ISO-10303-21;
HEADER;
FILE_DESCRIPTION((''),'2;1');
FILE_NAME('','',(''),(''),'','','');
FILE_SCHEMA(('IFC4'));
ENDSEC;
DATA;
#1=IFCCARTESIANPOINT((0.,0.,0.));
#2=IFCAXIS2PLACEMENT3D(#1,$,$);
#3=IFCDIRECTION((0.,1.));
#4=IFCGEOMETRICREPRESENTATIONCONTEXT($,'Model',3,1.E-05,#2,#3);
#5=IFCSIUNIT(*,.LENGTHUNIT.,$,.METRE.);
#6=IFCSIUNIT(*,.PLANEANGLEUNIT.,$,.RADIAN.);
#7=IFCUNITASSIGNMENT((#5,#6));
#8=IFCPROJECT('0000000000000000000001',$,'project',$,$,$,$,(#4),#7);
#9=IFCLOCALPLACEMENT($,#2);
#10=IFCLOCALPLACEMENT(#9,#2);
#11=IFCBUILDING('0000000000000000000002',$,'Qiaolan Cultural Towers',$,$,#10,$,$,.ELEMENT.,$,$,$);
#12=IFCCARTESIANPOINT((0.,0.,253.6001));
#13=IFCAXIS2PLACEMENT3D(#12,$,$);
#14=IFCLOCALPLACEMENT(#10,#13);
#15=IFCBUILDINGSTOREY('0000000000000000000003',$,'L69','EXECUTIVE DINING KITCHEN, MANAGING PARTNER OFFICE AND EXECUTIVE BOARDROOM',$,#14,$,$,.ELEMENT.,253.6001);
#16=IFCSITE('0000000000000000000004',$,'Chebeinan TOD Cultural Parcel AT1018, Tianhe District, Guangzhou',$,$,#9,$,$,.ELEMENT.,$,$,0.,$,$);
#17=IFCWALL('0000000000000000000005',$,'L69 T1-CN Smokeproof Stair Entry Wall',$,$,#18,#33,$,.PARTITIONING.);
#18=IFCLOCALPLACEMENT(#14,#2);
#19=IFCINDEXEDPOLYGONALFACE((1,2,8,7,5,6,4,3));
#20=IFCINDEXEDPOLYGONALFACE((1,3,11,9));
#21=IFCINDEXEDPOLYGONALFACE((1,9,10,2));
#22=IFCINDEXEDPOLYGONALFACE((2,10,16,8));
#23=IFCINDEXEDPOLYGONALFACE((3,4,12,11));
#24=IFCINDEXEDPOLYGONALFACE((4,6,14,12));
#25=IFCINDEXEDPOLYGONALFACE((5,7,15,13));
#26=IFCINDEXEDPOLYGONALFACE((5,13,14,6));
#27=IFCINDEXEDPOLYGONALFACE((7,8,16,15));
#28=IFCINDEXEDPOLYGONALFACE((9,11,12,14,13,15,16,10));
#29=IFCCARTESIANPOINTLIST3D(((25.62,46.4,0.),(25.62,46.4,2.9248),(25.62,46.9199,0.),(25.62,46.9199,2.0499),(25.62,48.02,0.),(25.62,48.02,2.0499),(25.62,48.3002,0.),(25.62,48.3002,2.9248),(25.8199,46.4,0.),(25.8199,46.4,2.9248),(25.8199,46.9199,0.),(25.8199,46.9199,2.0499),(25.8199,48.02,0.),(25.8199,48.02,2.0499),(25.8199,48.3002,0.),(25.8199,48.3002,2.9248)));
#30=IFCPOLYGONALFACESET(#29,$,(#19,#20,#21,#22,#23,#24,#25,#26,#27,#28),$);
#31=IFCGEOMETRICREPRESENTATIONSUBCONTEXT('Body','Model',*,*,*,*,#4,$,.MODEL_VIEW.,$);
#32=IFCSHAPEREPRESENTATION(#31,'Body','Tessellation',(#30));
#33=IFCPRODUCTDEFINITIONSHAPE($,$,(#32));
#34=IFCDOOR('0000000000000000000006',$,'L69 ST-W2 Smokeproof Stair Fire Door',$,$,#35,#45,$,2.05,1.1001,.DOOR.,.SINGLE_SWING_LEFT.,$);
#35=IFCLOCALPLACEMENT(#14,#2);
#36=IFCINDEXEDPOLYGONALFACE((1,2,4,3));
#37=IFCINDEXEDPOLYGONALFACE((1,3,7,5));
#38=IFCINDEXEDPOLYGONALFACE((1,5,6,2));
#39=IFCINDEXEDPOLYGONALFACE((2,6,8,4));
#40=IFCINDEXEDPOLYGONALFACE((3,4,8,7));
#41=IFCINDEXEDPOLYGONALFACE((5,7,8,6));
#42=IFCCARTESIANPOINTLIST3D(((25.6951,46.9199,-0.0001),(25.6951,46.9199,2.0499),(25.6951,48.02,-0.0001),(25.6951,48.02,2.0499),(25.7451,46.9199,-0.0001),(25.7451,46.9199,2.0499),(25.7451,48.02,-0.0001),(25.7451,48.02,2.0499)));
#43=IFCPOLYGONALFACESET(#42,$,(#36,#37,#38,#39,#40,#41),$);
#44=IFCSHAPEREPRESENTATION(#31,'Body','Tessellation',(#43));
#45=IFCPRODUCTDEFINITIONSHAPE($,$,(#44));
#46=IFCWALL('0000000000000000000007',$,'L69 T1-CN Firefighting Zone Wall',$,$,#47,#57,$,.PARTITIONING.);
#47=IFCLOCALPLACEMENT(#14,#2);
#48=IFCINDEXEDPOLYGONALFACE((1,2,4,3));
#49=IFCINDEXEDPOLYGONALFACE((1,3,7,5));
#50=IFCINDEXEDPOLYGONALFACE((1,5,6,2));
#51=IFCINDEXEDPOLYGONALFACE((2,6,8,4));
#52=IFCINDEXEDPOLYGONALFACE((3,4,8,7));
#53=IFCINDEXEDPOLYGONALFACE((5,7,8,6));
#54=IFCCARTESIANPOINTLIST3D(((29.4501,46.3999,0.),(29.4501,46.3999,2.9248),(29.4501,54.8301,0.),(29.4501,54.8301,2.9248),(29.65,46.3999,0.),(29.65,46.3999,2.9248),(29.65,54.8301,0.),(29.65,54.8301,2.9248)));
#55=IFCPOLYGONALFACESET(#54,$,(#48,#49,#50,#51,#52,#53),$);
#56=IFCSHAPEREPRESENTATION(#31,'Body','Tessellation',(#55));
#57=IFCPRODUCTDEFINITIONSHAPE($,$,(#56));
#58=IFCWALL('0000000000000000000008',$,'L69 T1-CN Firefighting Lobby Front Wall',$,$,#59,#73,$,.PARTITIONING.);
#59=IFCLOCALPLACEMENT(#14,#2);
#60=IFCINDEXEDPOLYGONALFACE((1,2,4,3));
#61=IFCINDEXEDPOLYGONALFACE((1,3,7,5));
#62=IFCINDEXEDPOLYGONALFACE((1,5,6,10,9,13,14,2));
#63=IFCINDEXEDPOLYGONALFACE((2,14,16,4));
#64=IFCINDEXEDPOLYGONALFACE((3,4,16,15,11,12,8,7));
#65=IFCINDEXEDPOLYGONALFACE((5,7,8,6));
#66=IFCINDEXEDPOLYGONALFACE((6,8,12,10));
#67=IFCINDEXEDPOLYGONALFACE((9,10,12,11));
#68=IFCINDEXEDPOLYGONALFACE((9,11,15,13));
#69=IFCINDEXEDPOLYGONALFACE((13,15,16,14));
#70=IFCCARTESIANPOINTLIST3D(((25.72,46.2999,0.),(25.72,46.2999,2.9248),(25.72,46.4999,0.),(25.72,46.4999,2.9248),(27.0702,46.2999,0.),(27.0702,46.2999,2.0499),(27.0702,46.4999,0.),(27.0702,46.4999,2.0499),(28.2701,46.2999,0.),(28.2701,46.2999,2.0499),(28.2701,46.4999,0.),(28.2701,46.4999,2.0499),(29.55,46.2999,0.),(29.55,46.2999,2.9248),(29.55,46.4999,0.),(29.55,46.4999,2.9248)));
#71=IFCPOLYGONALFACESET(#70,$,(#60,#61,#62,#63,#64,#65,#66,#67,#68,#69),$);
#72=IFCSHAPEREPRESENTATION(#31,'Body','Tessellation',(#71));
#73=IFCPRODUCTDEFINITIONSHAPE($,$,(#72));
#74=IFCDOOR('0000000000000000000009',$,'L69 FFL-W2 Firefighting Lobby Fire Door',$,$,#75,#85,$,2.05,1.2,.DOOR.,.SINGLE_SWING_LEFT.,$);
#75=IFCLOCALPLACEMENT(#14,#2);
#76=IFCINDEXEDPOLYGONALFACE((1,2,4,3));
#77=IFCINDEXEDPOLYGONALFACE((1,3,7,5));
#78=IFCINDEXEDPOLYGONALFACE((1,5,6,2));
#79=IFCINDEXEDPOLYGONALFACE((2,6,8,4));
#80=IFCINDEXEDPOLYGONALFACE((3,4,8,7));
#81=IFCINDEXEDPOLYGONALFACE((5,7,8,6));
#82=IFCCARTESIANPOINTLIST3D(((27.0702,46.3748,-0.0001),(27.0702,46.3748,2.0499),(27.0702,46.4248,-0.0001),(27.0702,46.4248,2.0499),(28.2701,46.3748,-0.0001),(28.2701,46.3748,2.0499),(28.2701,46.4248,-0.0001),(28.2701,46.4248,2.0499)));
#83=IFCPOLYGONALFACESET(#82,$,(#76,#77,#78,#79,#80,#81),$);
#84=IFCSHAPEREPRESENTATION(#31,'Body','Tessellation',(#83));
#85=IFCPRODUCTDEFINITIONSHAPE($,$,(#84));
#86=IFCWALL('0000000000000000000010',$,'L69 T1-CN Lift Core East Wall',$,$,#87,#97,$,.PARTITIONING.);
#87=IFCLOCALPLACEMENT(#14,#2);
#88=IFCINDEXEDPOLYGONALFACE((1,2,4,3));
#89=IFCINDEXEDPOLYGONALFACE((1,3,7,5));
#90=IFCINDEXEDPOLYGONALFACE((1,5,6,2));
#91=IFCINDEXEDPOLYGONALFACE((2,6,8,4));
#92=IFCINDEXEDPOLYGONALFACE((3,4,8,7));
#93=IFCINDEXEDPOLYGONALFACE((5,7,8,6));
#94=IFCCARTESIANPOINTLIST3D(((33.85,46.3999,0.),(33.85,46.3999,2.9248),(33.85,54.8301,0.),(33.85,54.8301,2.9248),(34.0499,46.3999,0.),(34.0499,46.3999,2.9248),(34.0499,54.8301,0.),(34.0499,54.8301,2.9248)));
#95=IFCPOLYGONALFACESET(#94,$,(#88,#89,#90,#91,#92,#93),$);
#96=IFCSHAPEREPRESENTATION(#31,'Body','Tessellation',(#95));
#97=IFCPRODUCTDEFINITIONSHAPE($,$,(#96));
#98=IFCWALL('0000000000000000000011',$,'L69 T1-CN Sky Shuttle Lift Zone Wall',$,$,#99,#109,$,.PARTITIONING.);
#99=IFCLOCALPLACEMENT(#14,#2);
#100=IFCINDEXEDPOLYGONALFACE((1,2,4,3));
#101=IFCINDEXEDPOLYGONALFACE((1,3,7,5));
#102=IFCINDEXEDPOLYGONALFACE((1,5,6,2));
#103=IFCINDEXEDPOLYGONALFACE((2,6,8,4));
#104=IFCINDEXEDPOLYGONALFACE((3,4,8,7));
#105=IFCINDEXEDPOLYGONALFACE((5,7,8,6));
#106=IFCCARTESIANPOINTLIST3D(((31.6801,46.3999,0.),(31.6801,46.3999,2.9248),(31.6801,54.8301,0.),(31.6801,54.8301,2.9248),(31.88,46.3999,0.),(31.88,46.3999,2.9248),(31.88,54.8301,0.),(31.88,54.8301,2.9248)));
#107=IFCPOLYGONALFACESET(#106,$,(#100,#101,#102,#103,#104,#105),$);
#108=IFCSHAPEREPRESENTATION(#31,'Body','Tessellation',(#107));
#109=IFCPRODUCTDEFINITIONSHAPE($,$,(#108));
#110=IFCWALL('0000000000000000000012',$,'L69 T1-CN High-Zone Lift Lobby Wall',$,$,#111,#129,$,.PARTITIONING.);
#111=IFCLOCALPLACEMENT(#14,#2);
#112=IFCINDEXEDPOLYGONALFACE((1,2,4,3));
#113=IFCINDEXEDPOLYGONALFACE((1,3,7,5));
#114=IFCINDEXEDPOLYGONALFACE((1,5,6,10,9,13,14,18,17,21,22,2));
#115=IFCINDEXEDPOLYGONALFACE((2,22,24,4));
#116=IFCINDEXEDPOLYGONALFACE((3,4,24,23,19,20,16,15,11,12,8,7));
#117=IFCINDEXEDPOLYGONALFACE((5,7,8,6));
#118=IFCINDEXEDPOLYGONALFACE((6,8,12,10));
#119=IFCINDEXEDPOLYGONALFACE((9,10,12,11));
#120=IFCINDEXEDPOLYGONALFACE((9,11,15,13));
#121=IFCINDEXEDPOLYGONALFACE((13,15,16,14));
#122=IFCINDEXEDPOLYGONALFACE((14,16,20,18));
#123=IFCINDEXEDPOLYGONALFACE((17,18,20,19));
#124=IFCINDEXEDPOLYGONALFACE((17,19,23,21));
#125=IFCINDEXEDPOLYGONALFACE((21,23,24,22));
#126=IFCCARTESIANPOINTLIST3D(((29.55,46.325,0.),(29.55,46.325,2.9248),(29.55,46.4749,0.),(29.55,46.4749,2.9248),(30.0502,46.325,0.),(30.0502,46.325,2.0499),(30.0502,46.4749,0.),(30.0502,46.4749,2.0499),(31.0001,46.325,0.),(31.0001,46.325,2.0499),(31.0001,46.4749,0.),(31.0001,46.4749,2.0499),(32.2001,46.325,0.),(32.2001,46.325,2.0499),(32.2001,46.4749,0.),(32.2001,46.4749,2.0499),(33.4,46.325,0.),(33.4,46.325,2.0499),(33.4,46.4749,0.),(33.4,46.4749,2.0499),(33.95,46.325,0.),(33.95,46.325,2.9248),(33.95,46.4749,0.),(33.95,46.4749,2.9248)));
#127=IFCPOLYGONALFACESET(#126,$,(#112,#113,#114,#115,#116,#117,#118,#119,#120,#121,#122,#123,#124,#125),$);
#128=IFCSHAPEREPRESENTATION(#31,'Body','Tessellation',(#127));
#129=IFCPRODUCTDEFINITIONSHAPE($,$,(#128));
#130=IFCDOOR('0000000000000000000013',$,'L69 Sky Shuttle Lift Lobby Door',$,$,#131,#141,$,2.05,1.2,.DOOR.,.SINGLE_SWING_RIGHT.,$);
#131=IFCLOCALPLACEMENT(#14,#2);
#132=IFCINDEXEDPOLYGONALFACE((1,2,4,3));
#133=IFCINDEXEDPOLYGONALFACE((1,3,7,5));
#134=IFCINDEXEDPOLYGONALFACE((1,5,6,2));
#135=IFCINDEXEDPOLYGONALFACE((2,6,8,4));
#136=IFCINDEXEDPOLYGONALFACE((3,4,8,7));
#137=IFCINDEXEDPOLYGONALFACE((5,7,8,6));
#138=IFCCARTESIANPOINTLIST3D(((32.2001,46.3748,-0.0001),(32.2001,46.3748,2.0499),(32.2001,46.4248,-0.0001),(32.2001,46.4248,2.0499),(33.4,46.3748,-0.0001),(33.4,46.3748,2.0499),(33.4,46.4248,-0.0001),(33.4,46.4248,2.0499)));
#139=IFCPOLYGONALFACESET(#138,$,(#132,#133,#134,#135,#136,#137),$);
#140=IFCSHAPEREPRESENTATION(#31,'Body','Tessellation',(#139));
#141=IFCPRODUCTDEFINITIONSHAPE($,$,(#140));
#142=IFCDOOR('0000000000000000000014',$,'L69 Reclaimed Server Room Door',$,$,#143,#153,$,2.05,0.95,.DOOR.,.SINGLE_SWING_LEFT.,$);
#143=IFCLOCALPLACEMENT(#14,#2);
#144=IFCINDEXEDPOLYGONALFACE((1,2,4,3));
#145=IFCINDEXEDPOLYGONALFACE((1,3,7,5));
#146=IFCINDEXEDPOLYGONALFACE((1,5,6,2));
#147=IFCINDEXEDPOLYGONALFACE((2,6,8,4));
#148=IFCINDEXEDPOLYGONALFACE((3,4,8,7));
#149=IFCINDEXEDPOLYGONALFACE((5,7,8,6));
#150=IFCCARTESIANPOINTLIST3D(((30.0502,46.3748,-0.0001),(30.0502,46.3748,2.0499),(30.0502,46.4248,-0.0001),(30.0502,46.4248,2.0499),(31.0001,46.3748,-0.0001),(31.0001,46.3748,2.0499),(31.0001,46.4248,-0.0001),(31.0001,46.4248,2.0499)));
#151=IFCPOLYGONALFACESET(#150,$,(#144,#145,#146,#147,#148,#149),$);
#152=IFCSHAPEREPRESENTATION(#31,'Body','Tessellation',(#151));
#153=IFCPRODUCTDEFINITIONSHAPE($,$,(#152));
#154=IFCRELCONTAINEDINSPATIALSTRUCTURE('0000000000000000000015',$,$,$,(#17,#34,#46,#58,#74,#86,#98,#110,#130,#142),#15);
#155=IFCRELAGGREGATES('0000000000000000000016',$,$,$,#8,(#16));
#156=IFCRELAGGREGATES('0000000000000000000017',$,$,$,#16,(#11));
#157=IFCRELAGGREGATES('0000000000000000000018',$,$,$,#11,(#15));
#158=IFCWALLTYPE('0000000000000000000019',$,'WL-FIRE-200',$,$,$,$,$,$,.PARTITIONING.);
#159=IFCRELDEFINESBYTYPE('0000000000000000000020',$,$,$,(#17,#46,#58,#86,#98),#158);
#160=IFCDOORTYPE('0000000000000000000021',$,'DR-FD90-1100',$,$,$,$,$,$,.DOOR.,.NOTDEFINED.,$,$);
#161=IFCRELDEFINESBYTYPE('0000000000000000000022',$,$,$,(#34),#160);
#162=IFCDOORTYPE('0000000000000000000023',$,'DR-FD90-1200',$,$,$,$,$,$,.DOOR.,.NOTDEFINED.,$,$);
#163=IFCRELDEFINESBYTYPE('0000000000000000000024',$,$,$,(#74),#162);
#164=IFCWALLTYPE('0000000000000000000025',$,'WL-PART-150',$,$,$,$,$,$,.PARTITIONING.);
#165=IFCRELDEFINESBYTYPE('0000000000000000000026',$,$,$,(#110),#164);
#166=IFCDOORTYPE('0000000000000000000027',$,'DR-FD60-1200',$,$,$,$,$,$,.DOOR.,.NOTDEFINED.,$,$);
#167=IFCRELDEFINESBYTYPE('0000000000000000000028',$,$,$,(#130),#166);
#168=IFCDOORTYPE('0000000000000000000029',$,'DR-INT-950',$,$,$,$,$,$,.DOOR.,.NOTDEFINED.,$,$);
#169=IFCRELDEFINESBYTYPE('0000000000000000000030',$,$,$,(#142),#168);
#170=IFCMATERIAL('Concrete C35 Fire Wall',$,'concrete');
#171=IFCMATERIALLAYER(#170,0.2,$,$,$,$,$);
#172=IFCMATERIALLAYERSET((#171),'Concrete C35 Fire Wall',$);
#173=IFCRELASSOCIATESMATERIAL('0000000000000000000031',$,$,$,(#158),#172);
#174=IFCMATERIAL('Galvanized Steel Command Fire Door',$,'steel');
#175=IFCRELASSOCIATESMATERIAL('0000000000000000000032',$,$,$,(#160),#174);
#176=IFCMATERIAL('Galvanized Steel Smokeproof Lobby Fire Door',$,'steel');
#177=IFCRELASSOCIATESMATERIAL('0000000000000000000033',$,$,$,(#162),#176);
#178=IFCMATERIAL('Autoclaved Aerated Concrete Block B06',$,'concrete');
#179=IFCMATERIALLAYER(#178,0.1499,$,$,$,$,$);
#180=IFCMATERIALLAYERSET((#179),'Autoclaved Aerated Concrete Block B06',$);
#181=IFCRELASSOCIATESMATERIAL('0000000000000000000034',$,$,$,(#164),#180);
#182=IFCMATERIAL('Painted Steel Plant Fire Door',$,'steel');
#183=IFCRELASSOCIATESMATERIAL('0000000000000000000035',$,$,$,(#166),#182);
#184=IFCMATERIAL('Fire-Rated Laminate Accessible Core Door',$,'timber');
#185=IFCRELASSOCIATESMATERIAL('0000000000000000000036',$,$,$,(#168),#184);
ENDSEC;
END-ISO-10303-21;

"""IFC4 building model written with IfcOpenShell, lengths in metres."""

from ifc_helpers import new_model, si_unit, direction, frame, frame_2d, origin, place, context, subcontext, project, spatial, rectangle, extrude, material, layer, layer_set, type_object, element, fill, save


model = new_model("IFC4")

# Units and contexts
model_context = context("Model", 3, precision=1e-05, world=origin(), true_north=direction((0.0, 1.0)))
body_context = subcontext(model_context, "Body", "Model", "MODEL_VIEW")
ifc_project = project(units=[si_unit("LENGTHUNIT", "METRE"), si_unit("PLANEANGLEUNIT", "RADIAN")], contexts=[model_context])

# Site, building, storey
site_placement = place(None, origin())
site = spatial("IfcSite", under=ifc_project, at=site_placement, Name="Chebeinan TOD Cultural Parcel AT1018, Tianhe District, Guangzhou", CompositionType="ELEMENT", RefElevation=0.0)
building_placement = place(site_placement, origin())
building = spatial("IfcBuilding", under=site, at=building_placement, Name="Qiaolan Cultural Towers", CompositionType="ELEMENT")
storey_placement = place(building_placement, frame((0.0, 0.0, 253.6001)))
storey = spatial("IfcBuildingStorey", under=building, at=storey_placement, Name="L69", Description="EXECUTIVE DINING KITCHEN, MANAGING PARTNER OFFICE AND EXECUTIVE BOARDROOM", CompositionType="ELEMENT", Elevation=253.6001)

# Wall, opening, door
ifc_material_1 = material(Name="Concrete C35 Fire Wall", Category="concrete")
ifc_layer_1 = layer(ifc_material_1, 0.2)
ifc_layer_set_1 = layer_set([ifc_layer_1], Name="Concrete C35 Fire Wall")
wall_type_1 = type_object("IfcWallType", Name="WL-FIRE-200", PredefinedType="PARTITIONING", material=ifc_layer_set_1)
wall_1_placement = place(storey_placement, frame((25.72, 46.3999, 0.0), z_axis=(0.0, 0.0, 1.0), x_axis=(0.0, 1.0, 0.0)))
wall_1 = element("IfcWall", 1, at=wall_1_placement, inside=storey, type_object=wall_type_1, Name="L69 T1-CN Smokeproof Stair Entry Wall", PredefinedType="PARTITIONING", context=body_context, shape_type="SweptSolid", body=[
    extrude(rectangle(XDim=1.9001, YDim=0.2, at=frame_2d((0.9502, 0.0))), origin(), (0.0, 0.0, 1.0), 2.9248),
])
opening_1_placement = place(wall_1_placement, frame((0.52, 0.0, 0.0)))
opening_1 = element("IfcOpeningElement", 2, at=opening_1_placement, cuts=wall_1, PredefinedType="OPENING", context=body_context, shape_type="SweptSolid", body=[
    extrude(rectangle(XDim=1.1001, YDim=2.05, at=frame_2d((0.55, 1.0249))), frame((0.0, 0.1099, 0.0), z_axis=(0.0, -1.0, 0.0), x_axis=(1.0, 0.0, 0.0)), (0.0, 0.0, 1.0), 0.22),
])
ifc_material_2 = material(Name="Galvanized Steel Command Fire Door", Category="steel")
door_type_1 = type_object("IfcDoorType", Name="DR-FD90-1100", OperationType="NOTDEFINED", PredefinedType="DOOR", material=ifc_material_2)
door_1_placement = place(opening_1_placement, origin())
door_1 = element("IfcDoor", 3, at=door_1_placement, inside=storey, type_object=door_type_1, Name="L69 ST-W2 Smokeproof Stair Fire Door", OperationType="SINGLE_SWING_LEFT", OverallHeight=2.05, OverallWidth=1.1001, PredefinedType="DOOR", context=body_context, shape_type="SweptSolid", body=[
    extrude(rectangle(XDim=1.1001, YDim=2.05, at=frame_2d((0.55, 1.0249))), frame((0.0, 0.0249, 0.0), z_axis=(0.0, -1.0, 0.0), x_axis=(1.0, 0.0, 0.0)), (0.0, 0.0, 1.0), 0.05),
])
fill(opening_1, door_1)

# Wall
wall_2_placement = place(storey_placement, frame((29.55, 46.3999, 0.0), z_axis=(0.0, 0.0, 1.0), x_axis=(0.0, 1.0, 0.0)))
element("IfcWall", 4, at=wall_2_placement, inside=storey, type_object=wall_type_1, Name="L69 T1-CN Firefighting Zone Wall", PredefinedType="PARTITIONING", context=body_context, shape_type="SweptSolid", body=[
    extrude(rectangle(XDim=8.4302, YDim=0.2, at=frame_2d((4.2151, 0.0))), origin(), (0.0, 0.0, 1.0), 2.9248),
])

# Wall, opening, door
wall_3_placement = place(storey_placement, frame((25.72, 46.3999, 0.0), z_axis=(0.0, 0.0, 1.0), x_axis=(1.0, 0.0, 0.0)))
wall_3 = element("IfcWall", 5, at=wall_3_placement, inside=storey, type_object=wall_type_1, Name="L69 T1-CN Firefighting Lobby Front Wall", PredefinedType="PARTITIONING", context=body_context, shape_type="SweptSolid", body=[
    extrude(rectangle(XDim=3.8301, YDim=0.2, at=frame_2d((1.915, 0.0))), origin(), (0.0, 0.0, 1.0), 2.9248),
])
opening_2_placement = place(wall_3_placement, frame((1.3501, 0.0, 0.0)))
opening_2 = element("IfcOpeningElement", 6, at=opening_2_placement, cuts=wall_3, PredefinedType="OPENING", context=body_context, shape_type="SweptSolid", body=[
    extrude(rectangle(XDim=1.2, YDim=2.05, at=frame_2d((0.6001, 1.0249))), frame((0.0, 0.1099, 0.0), z_axis=(0.0, -1.0, 0.0), x_axis=(1.0, 0.0, 0.0)), (0.0, 0.0, 1.0), 0.22),
])
ifc_material_3 = material(Name="Galvanized Steel Smokeproof Lobby Fire Door", Category="steel")
door_type_2 = type_object("IfcDoorType", Name="DR-FD90-1200", OperationType="NOTDEFINED", PredefinedType="DOOR", material=ifc_material_3)
door_2_placement = place(opening_2_placement, origin())
door_2 = element("IfcDoor", 7, at=door_2_placement, inside=storey, type_object=door_type_2, Name="L69 FFL-W2 Firefighting Lobby Fire Door", OperationType="SINGLE_SWING_LEFT", OverallHeight=2.05, OverallWidth=1.2, PredefinedType="DOOR", context=body_context, shape_type="SweptSolid", body=[
    extrude(rectangle(XDim=1.2, YDim=2.05, at=frame_2d((0.6001, 1.0249))), frame((0.0, 0.0249, 0.0), z_axis=(0.0, -1.0, 0.0), x_axis=(1.0, 0.0, 0.0)), (0.0, 0.0, 1.0), 0.05),
])
fill(opening_2, door_2)

# Walls
for number, where, z_axis, x_axis, name in (
    (8, (33.95, 46.3999, 0.0), (0.0, 0.0, 1.0), (0.0, 1.0, 0.0), "L69 T1-CN Lift Core East Wall"),
    (9, (31.78, 46.3999, 0.0), (0.0, 0.0, 1.0), (0.0, 1.0, 0.0), "L69 T1-CN Sky Shuttle Lift Zone Wall"),
):
    element("IfcWall", number, at=place(storey_placement, frame(where, z_axis=z_axis, x_axis=x_axis)), inside=storey, type_object=wall_type_1, Name=name, PredefinedType="PARTITIONING", context=body_context, shape_type="SweptSolid", body=[
        extrude(rectangle(XDim=8.4302, YDim=0.2, at=frame_2d((4.2151, 0.0))), origin(), (0.0, 0.0, 1.0), 2.9248),
    ])

# Wall, openings, doors
ifc_material_4 = material(Name="Autoclaved Aerated Concrete Block B06", Category="concrete")
ifc_layer_2 = layer(ifc_material_4, 0.1499)
ifc_layer_set_2 = layer_set([ifc_layer_2], Name="Autoclaved Aerated Concrete Block B06")
wall_type_2 = type_object("IfcWallType", Name="WL-PART-150", PredefinedType="PARTITIONING", material=ifc_layer_set_2)
wall_4_placement = place(storey_placement, frame((29.55, 46.3999, 0.0), z_axis=(0.0, 0.0, 1.0), x_axis=(1.0, 0.0, 0.0)))
wall_4 = element("IfcWall", 10, at=wall_4_placement, inside=storey, type_object=wall_type_2, Name="L69 T1-CN High-Zone Lift Lobby Wall", PredefinedType="PARTITIONING", context=body_context, shape_type="SweptSolid", body=[
    extrude(rectangle(XDim=4.3999, YDim=0.1499, at=frame_2d((2.2, 0.0))), origin(), (0.0, 0.0, 1.0), 2.9248),
])
opening_3_placement = place(wall_4_placement, frame((0.5, 0.0, 0.0)))
opening_3 = element("IfcOpeningElement", 11, at=opening_3_placement, cuts=wall_4, PredefinedType="OPENING", context=body_context, shape_type="SweptSolid", body=[
    extrude(rectangle(XDim=0.95, YDim=2.05, at=frame_2d((0.4751, 1.0249))), frame((0.0, 0.085, 0.0), z_axis=(0.0, -1.0, 0.0), x_axis=(1.0, 0.0, 0.0)), (0.0, 0.0, 1.0), 0.1699),
])
opening_4_placement = place(wall_4_placement, frame((2.6499, 0.0, 0.0)))
opening_4 = element("IfcOpeningElement", 12, at=opening_4_placement, cuts=wall_4, PredefinedType="OPENING", context=body_context, shape_type="SweptSolid", body=[
    extrude(rectangle(XDim=1.2, YDim=2.05, at=frame_2d((0.6001, 1.0249))), frame((0.0, 0.085, 0.0), z_axis=(0.0, -1.0, 0.0), x_axis=(1.0, 0.0, 0.0)), (0.0, 0.0, 1.0), 0.1699),
])
ifc_material_5 = material(Name="Painted Steel Plant Fire Door", Category="steel")
door_type_3 = type_object("IfcDoorType", Name="DR-FD60-1200", OperationType="NOTDEFINED", PredefinedType="DOOR", material=ifc_material_5)
door_3_placement = place(opening_4_placement, origin())
door_3 = element("IfcDoor", 13, at=door_3_placement, inside=storey, type_object=door_type_3, Name="L69 Sky Shuttle Lift Lobby Door", OperationType="SINGLE_SWING_RIGHT", OverallHeight=2.05, OverallWidth=1.2, PredefinedType="DOOR", context=body_context, shape_type="SweptSolid", body=[
    extrude(rectangle(XDim=1.2, YDim=2.05, at=frame_2d((0.6001, 1.0249))), frame((0.0, 0.0249, 0.0), z_axis=(0.0, -1.0, 0.0), x_axis=(1.0, 0.0, 0.0)), (0.0, 0.0, 1.0), 0.05),
])
fill(opening_4, door_3)
ifc_material_6 = material(Name="Fire-Rated Laminate Accessible Core Door", Category="timber")
door_type_4 = type_object("IfcDoorType", Name="DR-INT-950", OperationType="NOTDEFINED", PredefinedType="DOOR", material=ifc_material_6)
door_4_placement = place(opening_3_placement, origin())
door_4 = element("IfcDoor", 14, at=door_4_placement, inside=storey, type_object=door_type_4, Name="L69 Reclaimed Server Room Door", OperationType="SINGLE_SWING_LEFT", OverallHeight=2.05, OverallWidth=0.95, PredefinedType="DOOR", context=body_context, shape_type="SweptSolid", body=[
    extrude(rectangle(XDim=0.95, YDim=2.05, at=frame_2d((0.4751, 1.0249))), frame((0.0, 0.0249, 0.0), z_axis=(0.0, -1.0, 0.0), x_axis=(1.0, 0.0, 0.0)), (0.0, 0.0, 1.0), 0.05),
])
fill(opening_3, door_4)

save(model, "model.ifc")
